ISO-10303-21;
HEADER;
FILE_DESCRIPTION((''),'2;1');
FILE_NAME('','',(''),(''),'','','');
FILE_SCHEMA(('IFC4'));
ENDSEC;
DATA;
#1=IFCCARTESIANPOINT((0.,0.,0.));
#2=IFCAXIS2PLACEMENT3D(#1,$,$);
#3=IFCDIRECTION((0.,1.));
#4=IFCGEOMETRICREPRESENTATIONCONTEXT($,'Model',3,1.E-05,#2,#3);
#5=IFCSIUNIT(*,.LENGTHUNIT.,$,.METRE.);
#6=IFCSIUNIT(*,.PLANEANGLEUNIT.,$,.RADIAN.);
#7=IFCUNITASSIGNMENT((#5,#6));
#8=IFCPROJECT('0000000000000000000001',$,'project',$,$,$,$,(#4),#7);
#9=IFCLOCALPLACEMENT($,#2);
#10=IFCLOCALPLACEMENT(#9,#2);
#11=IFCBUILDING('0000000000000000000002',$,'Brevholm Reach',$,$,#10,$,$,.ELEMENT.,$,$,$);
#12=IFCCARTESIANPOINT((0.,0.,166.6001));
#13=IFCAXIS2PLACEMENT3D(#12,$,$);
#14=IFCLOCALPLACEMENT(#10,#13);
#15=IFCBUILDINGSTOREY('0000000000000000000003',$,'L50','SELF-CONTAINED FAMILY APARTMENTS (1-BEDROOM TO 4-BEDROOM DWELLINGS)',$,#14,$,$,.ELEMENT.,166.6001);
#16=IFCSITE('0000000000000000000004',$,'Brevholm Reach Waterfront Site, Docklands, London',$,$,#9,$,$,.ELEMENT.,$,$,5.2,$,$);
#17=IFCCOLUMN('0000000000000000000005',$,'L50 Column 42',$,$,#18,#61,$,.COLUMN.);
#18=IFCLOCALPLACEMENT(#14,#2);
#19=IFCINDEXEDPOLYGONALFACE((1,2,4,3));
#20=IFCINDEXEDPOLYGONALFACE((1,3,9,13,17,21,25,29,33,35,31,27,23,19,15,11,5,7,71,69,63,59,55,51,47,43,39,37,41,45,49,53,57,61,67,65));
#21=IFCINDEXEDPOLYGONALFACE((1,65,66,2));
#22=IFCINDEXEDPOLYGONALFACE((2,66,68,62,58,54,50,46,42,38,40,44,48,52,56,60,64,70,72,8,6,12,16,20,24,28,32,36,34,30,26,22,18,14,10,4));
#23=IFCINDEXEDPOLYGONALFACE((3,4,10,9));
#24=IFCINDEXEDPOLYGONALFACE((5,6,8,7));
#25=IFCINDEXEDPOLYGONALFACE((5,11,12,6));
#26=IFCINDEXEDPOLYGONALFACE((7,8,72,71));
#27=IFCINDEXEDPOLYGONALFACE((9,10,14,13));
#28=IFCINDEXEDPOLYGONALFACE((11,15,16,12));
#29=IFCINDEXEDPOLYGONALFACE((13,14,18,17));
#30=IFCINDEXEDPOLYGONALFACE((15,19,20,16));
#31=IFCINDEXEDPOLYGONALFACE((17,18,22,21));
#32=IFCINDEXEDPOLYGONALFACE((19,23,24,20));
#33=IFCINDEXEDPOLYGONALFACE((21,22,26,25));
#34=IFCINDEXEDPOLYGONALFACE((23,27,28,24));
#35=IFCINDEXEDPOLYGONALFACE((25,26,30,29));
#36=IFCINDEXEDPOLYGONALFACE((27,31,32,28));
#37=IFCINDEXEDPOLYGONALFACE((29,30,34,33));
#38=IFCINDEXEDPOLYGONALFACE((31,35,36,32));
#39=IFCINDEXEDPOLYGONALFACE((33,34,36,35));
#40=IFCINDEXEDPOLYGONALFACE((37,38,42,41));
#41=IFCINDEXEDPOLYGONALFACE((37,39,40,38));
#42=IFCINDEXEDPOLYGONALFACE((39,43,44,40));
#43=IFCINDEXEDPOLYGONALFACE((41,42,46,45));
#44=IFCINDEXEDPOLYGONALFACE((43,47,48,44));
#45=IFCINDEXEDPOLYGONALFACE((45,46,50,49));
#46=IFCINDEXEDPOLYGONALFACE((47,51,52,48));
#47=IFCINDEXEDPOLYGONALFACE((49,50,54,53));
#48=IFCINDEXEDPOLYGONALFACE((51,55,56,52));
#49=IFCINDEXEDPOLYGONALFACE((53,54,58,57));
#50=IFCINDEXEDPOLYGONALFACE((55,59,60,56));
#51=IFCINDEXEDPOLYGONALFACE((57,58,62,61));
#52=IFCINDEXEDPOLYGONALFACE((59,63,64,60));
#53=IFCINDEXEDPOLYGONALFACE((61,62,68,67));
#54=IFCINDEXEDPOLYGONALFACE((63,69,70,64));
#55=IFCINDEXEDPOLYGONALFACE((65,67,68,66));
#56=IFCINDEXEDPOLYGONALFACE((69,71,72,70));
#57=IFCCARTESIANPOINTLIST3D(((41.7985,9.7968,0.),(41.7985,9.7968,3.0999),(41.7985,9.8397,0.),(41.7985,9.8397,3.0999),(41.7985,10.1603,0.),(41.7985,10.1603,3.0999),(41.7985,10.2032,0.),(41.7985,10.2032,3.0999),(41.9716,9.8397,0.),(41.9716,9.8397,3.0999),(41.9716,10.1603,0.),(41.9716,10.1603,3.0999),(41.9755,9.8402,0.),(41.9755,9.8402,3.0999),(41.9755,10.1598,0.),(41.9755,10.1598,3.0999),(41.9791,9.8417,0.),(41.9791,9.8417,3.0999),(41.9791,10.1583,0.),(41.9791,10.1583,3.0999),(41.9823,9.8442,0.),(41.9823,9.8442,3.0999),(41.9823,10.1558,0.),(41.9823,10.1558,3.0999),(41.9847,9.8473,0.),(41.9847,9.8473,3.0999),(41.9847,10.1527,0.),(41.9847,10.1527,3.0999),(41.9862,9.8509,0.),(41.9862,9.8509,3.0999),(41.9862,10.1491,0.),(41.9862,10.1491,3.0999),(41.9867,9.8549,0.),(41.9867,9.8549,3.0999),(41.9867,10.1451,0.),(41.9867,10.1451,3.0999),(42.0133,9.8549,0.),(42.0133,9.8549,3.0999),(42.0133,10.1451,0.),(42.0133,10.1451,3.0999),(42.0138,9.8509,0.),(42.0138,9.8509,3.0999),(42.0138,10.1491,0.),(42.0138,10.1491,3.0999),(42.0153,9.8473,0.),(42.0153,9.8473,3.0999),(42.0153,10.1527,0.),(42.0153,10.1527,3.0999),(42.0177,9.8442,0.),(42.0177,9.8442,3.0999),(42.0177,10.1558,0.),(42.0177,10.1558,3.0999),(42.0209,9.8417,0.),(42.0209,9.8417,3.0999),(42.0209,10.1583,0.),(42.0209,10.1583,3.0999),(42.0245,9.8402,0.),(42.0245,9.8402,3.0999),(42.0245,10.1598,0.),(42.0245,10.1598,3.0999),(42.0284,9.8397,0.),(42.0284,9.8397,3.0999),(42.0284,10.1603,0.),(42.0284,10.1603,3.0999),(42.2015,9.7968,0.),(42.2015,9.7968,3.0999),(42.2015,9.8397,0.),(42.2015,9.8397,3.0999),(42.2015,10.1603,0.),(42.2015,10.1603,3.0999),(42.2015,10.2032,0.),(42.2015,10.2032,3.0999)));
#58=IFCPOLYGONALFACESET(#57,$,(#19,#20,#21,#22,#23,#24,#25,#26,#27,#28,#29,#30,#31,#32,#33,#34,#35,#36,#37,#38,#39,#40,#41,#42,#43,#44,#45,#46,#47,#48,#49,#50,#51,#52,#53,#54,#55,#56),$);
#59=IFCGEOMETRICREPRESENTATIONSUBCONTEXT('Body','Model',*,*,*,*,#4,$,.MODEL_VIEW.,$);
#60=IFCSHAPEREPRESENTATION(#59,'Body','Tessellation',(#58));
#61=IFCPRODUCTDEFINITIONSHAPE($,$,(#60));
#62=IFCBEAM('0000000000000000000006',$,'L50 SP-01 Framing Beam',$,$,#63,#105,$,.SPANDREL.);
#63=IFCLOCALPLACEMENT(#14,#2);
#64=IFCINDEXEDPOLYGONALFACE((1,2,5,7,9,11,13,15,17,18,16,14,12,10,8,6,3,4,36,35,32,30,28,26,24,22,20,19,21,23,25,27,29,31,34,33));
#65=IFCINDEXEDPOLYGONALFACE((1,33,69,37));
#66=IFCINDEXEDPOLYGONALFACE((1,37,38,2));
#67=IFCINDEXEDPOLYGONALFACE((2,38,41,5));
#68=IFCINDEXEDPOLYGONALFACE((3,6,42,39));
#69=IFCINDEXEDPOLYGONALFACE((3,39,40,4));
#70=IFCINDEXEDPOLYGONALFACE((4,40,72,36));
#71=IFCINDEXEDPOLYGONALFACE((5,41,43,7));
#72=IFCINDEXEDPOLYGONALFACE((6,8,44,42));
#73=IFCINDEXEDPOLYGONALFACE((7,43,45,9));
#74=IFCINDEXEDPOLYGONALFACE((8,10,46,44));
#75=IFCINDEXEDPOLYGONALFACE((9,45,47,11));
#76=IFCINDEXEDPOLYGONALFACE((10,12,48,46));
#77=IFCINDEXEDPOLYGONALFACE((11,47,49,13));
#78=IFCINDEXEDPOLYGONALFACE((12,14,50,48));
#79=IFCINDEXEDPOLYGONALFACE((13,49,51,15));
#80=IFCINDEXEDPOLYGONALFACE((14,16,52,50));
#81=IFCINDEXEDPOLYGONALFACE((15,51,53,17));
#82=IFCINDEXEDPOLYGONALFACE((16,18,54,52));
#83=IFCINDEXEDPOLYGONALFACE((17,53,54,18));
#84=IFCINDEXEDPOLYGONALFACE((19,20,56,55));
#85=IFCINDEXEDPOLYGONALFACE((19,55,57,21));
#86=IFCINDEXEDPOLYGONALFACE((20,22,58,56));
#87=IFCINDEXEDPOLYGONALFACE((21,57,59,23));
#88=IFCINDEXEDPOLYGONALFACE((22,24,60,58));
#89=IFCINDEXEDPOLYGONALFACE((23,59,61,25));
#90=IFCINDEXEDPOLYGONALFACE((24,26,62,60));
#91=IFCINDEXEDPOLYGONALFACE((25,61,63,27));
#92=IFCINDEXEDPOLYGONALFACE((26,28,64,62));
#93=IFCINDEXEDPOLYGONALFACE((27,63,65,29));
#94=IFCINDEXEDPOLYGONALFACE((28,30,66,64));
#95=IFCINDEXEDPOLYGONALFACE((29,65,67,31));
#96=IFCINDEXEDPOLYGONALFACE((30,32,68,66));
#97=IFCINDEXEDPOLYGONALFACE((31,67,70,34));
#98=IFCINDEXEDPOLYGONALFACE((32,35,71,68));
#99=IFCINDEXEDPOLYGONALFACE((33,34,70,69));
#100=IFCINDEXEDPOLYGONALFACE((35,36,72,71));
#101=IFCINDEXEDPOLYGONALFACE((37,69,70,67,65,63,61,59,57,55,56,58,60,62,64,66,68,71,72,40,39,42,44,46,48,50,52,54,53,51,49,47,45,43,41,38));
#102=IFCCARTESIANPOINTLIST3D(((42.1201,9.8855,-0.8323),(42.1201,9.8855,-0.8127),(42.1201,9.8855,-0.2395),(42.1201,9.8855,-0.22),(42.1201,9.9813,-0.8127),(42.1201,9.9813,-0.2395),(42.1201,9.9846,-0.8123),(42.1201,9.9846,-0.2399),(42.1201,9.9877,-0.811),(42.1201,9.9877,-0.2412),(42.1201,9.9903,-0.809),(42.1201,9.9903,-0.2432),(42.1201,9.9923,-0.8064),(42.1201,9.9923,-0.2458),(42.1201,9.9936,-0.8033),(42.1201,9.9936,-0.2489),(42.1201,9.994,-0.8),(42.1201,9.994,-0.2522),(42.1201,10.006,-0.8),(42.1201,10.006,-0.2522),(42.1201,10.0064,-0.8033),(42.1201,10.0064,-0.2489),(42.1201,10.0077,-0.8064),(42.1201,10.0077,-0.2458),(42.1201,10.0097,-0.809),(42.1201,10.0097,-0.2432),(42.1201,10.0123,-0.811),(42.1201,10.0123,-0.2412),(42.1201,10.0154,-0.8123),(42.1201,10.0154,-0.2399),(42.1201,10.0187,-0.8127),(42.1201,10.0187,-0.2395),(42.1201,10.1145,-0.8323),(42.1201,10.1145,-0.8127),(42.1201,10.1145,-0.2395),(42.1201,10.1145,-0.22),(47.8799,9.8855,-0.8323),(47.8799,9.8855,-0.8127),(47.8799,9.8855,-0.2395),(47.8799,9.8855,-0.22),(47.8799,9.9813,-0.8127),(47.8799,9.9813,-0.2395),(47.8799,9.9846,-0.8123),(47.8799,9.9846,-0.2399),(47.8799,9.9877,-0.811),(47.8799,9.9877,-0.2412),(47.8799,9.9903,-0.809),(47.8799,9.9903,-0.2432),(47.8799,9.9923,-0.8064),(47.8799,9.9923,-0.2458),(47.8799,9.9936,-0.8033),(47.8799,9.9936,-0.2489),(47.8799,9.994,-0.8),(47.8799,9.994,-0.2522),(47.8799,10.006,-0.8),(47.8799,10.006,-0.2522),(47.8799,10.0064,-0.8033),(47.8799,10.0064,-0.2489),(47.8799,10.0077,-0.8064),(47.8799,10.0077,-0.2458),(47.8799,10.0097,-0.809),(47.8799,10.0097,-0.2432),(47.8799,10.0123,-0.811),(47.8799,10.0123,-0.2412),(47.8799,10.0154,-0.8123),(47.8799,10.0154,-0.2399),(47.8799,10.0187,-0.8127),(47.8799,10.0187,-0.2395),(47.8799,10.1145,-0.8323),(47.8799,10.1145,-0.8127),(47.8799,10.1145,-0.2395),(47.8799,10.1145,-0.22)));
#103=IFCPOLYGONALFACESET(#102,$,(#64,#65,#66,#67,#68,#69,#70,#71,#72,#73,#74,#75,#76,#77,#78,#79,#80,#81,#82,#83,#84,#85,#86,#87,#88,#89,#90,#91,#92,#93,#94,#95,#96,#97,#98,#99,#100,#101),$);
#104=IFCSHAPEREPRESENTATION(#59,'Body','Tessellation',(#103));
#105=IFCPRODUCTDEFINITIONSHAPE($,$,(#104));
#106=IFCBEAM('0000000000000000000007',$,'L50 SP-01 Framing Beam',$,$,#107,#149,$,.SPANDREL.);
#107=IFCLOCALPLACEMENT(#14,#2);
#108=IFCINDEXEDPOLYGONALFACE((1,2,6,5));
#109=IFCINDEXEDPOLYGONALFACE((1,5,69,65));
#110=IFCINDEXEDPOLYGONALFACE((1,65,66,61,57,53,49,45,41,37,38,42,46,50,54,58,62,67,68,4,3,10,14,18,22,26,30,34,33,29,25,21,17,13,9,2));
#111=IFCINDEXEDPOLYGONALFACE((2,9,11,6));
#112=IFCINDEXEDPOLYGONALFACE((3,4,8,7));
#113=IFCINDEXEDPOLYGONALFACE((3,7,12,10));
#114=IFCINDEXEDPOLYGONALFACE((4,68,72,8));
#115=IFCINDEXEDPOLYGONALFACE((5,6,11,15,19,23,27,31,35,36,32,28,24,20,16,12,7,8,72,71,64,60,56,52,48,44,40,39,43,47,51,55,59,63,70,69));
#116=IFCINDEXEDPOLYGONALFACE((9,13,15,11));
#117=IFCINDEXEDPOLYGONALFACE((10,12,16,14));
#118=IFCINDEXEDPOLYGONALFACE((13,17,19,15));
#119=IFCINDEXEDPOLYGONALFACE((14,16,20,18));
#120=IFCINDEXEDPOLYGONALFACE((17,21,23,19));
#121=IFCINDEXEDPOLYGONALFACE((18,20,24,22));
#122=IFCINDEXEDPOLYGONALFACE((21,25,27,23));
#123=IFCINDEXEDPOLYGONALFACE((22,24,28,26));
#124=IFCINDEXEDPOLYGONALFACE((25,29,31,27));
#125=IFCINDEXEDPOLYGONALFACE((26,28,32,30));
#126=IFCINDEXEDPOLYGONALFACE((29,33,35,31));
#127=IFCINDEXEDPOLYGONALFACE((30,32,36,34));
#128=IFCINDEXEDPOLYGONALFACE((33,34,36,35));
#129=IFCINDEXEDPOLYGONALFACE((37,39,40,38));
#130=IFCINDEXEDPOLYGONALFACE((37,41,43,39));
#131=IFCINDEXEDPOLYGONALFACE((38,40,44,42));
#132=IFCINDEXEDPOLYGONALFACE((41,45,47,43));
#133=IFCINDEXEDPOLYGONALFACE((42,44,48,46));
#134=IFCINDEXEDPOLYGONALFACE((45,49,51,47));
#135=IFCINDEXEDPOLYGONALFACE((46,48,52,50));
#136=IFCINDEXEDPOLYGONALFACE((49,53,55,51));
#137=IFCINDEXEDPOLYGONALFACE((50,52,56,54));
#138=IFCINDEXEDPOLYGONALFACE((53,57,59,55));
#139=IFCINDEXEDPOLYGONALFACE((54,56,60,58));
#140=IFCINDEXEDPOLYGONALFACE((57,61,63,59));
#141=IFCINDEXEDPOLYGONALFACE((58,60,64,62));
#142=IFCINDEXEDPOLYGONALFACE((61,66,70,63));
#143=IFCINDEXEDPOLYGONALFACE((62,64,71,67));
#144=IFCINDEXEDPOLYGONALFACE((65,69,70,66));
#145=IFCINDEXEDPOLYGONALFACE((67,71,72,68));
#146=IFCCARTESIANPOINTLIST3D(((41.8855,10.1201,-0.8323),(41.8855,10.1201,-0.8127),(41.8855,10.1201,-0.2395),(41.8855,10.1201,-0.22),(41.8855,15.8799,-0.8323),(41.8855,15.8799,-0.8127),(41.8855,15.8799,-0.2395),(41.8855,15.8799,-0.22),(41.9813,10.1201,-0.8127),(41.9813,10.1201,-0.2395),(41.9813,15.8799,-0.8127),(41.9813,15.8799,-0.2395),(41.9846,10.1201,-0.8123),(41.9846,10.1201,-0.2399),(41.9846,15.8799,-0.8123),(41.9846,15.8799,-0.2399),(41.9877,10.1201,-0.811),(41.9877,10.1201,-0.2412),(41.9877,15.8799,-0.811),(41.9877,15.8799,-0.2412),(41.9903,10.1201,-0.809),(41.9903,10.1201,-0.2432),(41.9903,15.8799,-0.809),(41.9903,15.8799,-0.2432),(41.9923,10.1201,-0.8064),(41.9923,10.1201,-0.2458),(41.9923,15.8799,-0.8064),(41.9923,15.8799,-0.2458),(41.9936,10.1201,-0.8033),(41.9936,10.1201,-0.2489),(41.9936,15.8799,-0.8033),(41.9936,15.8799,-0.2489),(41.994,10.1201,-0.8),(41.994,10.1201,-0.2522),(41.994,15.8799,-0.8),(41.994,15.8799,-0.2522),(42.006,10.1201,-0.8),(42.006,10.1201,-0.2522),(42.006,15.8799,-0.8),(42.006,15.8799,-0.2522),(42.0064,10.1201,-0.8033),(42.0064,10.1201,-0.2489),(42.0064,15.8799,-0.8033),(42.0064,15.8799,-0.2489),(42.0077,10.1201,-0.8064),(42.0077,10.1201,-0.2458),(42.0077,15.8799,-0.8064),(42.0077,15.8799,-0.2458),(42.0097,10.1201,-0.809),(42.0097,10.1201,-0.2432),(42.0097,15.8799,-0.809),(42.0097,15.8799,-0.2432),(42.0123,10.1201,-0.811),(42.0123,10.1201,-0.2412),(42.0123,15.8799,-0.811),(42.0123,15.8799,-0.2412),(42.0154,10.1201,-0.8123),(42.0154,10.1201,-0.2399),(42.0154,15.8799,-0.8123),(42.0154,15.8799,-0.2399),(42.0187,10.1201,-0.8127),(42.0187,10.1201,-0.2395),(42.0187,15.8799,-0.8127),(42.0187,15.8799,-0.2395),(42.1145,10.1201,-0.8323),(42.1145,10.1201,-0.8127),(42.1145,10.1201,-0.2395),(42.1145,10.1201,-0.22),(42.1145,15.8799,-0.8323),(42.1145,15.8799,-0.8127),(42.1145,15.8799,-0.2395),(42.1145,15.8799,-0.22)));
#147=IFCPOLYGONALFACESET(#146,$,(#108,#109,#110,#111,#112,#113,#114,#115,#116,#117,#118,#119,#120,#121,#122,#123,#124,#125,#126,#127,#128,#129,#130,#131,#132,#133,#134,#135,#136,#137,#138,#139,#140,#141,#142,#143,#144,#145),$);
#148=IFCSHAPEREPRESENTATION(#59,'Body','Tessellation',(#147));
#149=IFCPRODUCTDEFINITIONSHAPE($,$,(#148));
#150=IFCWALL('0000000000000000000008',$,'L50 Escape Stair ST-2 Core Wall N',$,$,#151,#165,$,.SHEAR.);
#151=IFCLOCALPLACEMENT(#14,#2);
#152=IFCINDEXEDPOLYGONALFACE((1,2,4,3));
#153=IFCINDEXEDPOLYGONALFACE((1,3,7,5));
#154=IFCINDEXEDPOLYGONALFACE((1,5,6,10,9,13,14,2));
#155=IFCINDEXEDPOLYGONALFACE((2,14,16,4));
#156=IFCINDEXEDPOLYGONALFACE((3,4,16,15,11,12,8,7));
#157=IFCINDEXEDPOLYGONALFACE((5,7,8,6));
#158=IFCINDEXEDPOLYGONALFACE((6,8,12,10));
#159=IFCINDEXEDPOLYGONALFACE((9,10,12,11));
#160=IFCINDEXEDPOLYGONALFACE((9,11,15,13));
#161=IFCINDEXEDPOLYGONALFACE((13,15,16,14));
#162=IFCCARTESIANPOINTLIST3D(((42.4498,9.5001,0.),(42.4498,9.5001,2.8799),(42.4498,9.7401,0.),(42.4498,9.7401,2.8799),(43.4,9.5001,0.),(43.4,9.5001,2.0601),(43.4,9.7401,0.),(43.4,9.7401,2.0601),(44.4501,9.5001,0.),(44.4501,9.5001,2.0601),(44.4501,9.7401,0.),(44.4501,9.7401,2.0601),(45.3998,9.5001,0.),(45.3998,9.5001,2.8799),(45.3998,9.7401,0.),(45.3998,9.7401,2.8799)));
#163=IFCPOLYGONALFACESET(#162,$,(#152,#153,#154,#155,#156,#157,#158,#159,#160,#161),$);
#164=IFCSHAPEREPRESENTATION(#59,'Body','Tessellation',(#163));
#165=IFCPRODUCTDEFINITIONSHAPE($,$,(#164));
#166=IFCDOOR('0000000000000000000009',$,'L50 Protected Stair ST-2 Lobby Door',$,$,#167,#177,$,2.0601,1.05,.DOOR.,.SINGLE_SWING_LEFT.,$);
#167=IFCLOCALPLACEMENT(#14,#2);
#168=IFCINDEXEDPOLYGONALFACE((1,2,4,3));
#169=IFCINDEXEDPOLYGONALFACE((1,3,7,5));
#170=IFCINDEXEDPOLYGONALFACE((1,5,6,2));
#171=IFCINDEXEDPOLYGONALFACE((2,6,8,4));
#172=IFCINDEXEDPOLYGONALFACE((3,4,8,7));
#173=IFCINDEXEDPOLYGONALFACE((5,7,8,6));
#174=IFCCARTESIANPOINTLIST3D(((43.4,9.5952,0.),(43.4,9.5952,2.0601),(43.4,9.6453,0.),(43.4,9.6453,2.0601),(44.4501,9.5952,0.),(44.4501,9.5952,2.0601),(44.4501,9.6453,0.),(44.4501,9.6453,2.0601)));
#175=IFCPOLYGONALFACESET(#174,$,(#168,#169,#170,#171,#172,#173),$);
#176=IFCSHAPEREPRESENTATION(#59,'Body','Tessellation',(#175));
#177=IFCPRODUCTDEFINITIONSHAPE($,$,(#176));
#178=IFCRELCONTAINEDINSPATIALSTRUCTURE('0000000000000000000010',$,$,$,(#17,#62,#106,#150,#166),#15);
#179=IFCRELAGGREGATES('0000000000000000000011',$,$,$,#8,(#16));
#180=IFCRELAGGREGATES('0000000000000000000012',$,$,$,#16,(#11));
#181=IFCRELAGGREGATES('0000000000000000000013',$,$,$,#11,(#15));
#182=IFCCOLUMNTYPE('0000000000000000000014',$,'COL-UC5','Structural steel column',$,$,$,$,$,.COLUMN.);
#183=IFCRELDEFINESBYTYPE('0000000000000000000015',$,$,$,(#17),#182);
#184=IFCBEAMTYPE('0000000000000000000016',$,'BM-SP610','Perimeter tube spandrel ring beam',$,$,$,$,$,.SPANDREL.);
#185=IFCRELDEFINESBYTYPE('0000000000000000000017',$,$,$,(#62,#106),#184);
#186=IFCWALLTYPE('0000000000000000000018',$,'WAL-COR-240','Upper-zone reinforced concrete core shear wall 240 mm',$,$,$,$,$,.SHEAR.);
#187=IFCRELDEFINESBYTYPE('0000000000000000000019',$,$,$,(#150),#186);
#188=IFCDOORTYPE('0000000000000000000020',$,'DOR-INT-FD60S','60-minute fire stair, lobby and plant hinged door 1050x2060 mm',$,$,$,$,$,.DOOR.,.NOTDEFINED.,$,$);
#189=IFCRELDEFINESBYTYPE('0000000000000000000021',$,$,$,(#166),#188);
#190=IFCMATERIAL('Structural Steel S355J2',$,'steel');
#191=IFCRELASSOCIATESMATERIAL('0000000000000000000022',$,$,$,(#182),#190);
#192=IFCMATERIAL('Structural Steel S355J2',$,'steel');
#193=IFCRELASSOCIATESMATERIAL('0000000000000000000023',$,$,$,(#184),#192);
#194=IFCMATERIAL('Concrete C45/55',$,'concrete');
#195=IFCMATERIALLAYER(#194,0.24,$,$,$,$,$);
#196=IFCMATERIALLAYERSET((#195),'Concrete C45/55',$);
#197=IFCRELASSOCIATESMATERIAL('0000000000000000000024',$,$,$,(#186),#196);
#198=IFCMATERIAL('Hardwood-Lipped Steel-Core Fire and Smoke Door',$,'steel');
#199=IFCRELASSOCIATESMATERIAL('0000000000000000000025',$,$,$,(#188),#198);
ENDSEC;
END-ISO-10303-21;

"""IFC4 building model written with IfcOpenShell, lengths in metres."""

from ifc_helpers import new_model, si_unit, direction, frame, frame_2d, origin, origin_2d, place, context, subcontext, project, spatial, rectangle, i_section, extrude, material, layer, layer_set, material_profile, profile_set, type_object, element, fill, save


model = new_model("IFC4")

# Units and contexts
model_context = context("Model", 3, precision=1e-05, world=origin(), true_north=direction((0.0, 1.0)))
body_context = subcontext(model_context, "Body", "Model", "MODEL_VIEW")
ifc_project = project(units=[si_unit("LENGTHUNIT", "METRE"), si_unit("PLANEANGLEUNIT", "RADIAN")], contexts=[model_context])

# Site, building, storey
site_placement = place(None, origin())
site = spatial("IfcSite", under=ifc_project, at=site_placement, Name="Brevholm Reach Waterfront Site, Docklands, London", CompositionType="ELEMENT", RefElevation=5.2)
building_placement = place(site_placement, origin())
building = spatial("IfcBuilding", under=site, at=building_placement, Name="Brevholm Reach", CompositionType="ELEMENT")
storey_placement = place(building_placement, frame((0.0, 0.0, 166.6001)))
storey = spatial("IfcBuildingStorey", under=building, at=storey_placement, Name="L50", Description="SELF-CONTAINED FAMILY APARTMENTS (1-BEDROOM TO 4-BEDROOM DWELLINGS)", CompositionType="ELEMENT", Elevation=166.6001)

# Column
ifc_material_1 = material(Name="Structural Steel S355J2", Category="steel")
ifc_material_profile_1 = material_profile(ifc_material_1, i_section(OverallWidth=0.4031, OverallDepth=0.4065, WebThickness=0.0266, FlangeThickness=0.043, FilletRadius=0.0151, at=origin_2d()), Name="UKC 356x406x340")
ifc_profile_set_1 = profile_set([ifc_material_profile_1], Name="Structural Steel S355J2")
column_type = type_object("IfcColumnType", Name="COL-UC5", Description="Structural steel column", PredefinedType="COLUMN", material=ifc_profile_set_1)
column_placement = place(storey_placement, frame((42.0, 10.0, 0.0), z_axis=(0.0, 0.0, 1.0), x_axis=(1.0, 0.0, 0.0)))
element("IfcColumn", 1, at=column_placement, inside=storey, type_object=column_type, Name="L50 Column 42", PredefinedType="COLUMN", context=body_context, shape_type="SweptSolid", body=[
    extrude(i_section(OverallWidth=0.4031, OverallDepth=0.4065, WebThickness=0.0266, FlangeThickness=0.043, FilletRadius=0.0151, at=origin_2d()), origin(), (0.0, 0.0, 1.0), 3.0999),
])

# Beams
ifc_material_2 = material(Name="Structural Steel S355J2", Category="steel")
ifc_material_profile_2 = material_profile(ifc_material_2, i_section(OverallWidth=0.229, OverallDepth=0.6123, WebThickness=0.012, FlangeThickness=0.0195, FilletRadius=0.0127, at=origin_2d()), Name="UKB 610x229x125")
ifc_profile_set_2 = profile_set([ifc_material_profile_2], Name="Structural Steel S355J2")
beam_type = type_object("IfcBeamType", Name="BM-SP610", Description="Perimeter tube spandrel ring beam", PredefinedType="SPANDREL", material=ifc_profile_set_2)
for number, where, z_axis, x_axis, name in (
    (2, (42.1201, 10.0, -0.5261), (1.0, 0.0, 0.0), (0.0, 1.0, 0.0), "L50 SP-01 Framing Beam"),
    (3, (42.0, 10.1201, -0.5261), (0.0, 1.0, 0.0), (-1.0, 0.0, 0.0), "L50 SP-01 Framing Beam"),
):
    element("IfcBeam", number, at=place(storey_placement, frame(where, z_axis=z_axis, x_axis=x_axis)), inside=storey, type_object=beam_type, Name=name, PredefinedType="SPANDREL", context=body_context, shape_type="SweptSolid", body=[
        extrude(i_section(OverallWidth=0.229, OverallDepth=0.6123, WebThickness=0.012, FlangeThickness=0.0195, FilletRadius=0.0127, at=origin_2d()), origin(), (0.0, 0.0, 1.0), 5.7598),
    ])

# Wall, opening, door
ifc_material_3 = material(Name="Concrete C45/55", Category="concrete")
ifc_layer_1 = layer(ifc_material_3, 0.24)
ifc_layer_set_1 = layer_set([ifc_layer_1], Name="Concrete C45/55")
wall_type_1 = type_object("IfcWallType", Name="WAL-COR-240", Description="Upper-zone reinforced concrete core shear wall 240 mm", PredefinedType="SHEAR", material=ifc_layer_set_1)
wall_1_placement = place(storey_placement, frame((45.3999, 9.6201, 0.0), z_axis=(0.0, 0.0, 1.0), x_axis=(-1.0, 0.0, 0.0)))
wall_1 = element("IfcWall", 4, at=wall_1_placement, inside=storey, type_object=wall_type_1, Name="L50 Escape Stair ST-2 Core Wall N", PredefinedType="SHEAR", context=body_context, shape_type="SweptSolid", body=[
    extrude(rectangle(XDim=2.95, YDim=0.24, at=frame_2d((1.4751, 0.0))), origin(), (0.0, 0.0, 1.0), 2.8799),
])
opening_1_placement = place(wall_1_placement, frame((0.95, 0.0, 0.0)))
opening_1 = element("IfcOpeningElement", 5, at=opening_1_placement, cuts=wall_1, PredefinedType="OPENING", context=body_context, shape_type="SweptSolid", body=[
    extrude(rectangle(XDim=1.05, YDim=2.0601, at=frame_2d((0.5249, 1.03))), frame((0.0, 0.1299, 0.0), z_axis=(0.0, -1.0, 0.0), x_axis=(1.0, 0.0, 0.0)), (0.0, 0.0, 1.0), 0.26),
])
ifc_material_4 = material(Name="Hardwood-Lipped Steel-Core Fire and Smoke Door", Category="steel")
door_type_1 = type_object("IfcDoorType", Name="DOR-INT-FD60S", Description="60-minute fire stair, lobby and plant hinged door 1050x2060 mm", OperationType="NOTDEFINED", PredefinedType="DOOR", material=ifc_material_4)
door_1_placement = place(opening_1_placement, origin())
door_1 = element("IfcDoor", 6, at=door_1_placement, inside=storey, type_object=door_type_1, Name="L50 Protected Stair ST-2 Lobby Door", OperationType="SINGLE_SWING_LEFT", OverallHeight=2.0601, OverallWidth=1.05, PredefinedType="DOOR", context=body_context, shape_type="SweptSolid", body=[
    extrude(rectangle(XDim=1.05, YDim=2.0601, at=frame_2d((0.5249, 1.03))), frame((0.0, 0.0249, 0.0), z_axis=(0.0, -1.0, 0.0), x_axis=(1.0, 0.0, 0.0)), (0.0, 0.0, 1.0), 0.05),
])
fill(opening_1, door_1)

save(model, "model.ifc")
